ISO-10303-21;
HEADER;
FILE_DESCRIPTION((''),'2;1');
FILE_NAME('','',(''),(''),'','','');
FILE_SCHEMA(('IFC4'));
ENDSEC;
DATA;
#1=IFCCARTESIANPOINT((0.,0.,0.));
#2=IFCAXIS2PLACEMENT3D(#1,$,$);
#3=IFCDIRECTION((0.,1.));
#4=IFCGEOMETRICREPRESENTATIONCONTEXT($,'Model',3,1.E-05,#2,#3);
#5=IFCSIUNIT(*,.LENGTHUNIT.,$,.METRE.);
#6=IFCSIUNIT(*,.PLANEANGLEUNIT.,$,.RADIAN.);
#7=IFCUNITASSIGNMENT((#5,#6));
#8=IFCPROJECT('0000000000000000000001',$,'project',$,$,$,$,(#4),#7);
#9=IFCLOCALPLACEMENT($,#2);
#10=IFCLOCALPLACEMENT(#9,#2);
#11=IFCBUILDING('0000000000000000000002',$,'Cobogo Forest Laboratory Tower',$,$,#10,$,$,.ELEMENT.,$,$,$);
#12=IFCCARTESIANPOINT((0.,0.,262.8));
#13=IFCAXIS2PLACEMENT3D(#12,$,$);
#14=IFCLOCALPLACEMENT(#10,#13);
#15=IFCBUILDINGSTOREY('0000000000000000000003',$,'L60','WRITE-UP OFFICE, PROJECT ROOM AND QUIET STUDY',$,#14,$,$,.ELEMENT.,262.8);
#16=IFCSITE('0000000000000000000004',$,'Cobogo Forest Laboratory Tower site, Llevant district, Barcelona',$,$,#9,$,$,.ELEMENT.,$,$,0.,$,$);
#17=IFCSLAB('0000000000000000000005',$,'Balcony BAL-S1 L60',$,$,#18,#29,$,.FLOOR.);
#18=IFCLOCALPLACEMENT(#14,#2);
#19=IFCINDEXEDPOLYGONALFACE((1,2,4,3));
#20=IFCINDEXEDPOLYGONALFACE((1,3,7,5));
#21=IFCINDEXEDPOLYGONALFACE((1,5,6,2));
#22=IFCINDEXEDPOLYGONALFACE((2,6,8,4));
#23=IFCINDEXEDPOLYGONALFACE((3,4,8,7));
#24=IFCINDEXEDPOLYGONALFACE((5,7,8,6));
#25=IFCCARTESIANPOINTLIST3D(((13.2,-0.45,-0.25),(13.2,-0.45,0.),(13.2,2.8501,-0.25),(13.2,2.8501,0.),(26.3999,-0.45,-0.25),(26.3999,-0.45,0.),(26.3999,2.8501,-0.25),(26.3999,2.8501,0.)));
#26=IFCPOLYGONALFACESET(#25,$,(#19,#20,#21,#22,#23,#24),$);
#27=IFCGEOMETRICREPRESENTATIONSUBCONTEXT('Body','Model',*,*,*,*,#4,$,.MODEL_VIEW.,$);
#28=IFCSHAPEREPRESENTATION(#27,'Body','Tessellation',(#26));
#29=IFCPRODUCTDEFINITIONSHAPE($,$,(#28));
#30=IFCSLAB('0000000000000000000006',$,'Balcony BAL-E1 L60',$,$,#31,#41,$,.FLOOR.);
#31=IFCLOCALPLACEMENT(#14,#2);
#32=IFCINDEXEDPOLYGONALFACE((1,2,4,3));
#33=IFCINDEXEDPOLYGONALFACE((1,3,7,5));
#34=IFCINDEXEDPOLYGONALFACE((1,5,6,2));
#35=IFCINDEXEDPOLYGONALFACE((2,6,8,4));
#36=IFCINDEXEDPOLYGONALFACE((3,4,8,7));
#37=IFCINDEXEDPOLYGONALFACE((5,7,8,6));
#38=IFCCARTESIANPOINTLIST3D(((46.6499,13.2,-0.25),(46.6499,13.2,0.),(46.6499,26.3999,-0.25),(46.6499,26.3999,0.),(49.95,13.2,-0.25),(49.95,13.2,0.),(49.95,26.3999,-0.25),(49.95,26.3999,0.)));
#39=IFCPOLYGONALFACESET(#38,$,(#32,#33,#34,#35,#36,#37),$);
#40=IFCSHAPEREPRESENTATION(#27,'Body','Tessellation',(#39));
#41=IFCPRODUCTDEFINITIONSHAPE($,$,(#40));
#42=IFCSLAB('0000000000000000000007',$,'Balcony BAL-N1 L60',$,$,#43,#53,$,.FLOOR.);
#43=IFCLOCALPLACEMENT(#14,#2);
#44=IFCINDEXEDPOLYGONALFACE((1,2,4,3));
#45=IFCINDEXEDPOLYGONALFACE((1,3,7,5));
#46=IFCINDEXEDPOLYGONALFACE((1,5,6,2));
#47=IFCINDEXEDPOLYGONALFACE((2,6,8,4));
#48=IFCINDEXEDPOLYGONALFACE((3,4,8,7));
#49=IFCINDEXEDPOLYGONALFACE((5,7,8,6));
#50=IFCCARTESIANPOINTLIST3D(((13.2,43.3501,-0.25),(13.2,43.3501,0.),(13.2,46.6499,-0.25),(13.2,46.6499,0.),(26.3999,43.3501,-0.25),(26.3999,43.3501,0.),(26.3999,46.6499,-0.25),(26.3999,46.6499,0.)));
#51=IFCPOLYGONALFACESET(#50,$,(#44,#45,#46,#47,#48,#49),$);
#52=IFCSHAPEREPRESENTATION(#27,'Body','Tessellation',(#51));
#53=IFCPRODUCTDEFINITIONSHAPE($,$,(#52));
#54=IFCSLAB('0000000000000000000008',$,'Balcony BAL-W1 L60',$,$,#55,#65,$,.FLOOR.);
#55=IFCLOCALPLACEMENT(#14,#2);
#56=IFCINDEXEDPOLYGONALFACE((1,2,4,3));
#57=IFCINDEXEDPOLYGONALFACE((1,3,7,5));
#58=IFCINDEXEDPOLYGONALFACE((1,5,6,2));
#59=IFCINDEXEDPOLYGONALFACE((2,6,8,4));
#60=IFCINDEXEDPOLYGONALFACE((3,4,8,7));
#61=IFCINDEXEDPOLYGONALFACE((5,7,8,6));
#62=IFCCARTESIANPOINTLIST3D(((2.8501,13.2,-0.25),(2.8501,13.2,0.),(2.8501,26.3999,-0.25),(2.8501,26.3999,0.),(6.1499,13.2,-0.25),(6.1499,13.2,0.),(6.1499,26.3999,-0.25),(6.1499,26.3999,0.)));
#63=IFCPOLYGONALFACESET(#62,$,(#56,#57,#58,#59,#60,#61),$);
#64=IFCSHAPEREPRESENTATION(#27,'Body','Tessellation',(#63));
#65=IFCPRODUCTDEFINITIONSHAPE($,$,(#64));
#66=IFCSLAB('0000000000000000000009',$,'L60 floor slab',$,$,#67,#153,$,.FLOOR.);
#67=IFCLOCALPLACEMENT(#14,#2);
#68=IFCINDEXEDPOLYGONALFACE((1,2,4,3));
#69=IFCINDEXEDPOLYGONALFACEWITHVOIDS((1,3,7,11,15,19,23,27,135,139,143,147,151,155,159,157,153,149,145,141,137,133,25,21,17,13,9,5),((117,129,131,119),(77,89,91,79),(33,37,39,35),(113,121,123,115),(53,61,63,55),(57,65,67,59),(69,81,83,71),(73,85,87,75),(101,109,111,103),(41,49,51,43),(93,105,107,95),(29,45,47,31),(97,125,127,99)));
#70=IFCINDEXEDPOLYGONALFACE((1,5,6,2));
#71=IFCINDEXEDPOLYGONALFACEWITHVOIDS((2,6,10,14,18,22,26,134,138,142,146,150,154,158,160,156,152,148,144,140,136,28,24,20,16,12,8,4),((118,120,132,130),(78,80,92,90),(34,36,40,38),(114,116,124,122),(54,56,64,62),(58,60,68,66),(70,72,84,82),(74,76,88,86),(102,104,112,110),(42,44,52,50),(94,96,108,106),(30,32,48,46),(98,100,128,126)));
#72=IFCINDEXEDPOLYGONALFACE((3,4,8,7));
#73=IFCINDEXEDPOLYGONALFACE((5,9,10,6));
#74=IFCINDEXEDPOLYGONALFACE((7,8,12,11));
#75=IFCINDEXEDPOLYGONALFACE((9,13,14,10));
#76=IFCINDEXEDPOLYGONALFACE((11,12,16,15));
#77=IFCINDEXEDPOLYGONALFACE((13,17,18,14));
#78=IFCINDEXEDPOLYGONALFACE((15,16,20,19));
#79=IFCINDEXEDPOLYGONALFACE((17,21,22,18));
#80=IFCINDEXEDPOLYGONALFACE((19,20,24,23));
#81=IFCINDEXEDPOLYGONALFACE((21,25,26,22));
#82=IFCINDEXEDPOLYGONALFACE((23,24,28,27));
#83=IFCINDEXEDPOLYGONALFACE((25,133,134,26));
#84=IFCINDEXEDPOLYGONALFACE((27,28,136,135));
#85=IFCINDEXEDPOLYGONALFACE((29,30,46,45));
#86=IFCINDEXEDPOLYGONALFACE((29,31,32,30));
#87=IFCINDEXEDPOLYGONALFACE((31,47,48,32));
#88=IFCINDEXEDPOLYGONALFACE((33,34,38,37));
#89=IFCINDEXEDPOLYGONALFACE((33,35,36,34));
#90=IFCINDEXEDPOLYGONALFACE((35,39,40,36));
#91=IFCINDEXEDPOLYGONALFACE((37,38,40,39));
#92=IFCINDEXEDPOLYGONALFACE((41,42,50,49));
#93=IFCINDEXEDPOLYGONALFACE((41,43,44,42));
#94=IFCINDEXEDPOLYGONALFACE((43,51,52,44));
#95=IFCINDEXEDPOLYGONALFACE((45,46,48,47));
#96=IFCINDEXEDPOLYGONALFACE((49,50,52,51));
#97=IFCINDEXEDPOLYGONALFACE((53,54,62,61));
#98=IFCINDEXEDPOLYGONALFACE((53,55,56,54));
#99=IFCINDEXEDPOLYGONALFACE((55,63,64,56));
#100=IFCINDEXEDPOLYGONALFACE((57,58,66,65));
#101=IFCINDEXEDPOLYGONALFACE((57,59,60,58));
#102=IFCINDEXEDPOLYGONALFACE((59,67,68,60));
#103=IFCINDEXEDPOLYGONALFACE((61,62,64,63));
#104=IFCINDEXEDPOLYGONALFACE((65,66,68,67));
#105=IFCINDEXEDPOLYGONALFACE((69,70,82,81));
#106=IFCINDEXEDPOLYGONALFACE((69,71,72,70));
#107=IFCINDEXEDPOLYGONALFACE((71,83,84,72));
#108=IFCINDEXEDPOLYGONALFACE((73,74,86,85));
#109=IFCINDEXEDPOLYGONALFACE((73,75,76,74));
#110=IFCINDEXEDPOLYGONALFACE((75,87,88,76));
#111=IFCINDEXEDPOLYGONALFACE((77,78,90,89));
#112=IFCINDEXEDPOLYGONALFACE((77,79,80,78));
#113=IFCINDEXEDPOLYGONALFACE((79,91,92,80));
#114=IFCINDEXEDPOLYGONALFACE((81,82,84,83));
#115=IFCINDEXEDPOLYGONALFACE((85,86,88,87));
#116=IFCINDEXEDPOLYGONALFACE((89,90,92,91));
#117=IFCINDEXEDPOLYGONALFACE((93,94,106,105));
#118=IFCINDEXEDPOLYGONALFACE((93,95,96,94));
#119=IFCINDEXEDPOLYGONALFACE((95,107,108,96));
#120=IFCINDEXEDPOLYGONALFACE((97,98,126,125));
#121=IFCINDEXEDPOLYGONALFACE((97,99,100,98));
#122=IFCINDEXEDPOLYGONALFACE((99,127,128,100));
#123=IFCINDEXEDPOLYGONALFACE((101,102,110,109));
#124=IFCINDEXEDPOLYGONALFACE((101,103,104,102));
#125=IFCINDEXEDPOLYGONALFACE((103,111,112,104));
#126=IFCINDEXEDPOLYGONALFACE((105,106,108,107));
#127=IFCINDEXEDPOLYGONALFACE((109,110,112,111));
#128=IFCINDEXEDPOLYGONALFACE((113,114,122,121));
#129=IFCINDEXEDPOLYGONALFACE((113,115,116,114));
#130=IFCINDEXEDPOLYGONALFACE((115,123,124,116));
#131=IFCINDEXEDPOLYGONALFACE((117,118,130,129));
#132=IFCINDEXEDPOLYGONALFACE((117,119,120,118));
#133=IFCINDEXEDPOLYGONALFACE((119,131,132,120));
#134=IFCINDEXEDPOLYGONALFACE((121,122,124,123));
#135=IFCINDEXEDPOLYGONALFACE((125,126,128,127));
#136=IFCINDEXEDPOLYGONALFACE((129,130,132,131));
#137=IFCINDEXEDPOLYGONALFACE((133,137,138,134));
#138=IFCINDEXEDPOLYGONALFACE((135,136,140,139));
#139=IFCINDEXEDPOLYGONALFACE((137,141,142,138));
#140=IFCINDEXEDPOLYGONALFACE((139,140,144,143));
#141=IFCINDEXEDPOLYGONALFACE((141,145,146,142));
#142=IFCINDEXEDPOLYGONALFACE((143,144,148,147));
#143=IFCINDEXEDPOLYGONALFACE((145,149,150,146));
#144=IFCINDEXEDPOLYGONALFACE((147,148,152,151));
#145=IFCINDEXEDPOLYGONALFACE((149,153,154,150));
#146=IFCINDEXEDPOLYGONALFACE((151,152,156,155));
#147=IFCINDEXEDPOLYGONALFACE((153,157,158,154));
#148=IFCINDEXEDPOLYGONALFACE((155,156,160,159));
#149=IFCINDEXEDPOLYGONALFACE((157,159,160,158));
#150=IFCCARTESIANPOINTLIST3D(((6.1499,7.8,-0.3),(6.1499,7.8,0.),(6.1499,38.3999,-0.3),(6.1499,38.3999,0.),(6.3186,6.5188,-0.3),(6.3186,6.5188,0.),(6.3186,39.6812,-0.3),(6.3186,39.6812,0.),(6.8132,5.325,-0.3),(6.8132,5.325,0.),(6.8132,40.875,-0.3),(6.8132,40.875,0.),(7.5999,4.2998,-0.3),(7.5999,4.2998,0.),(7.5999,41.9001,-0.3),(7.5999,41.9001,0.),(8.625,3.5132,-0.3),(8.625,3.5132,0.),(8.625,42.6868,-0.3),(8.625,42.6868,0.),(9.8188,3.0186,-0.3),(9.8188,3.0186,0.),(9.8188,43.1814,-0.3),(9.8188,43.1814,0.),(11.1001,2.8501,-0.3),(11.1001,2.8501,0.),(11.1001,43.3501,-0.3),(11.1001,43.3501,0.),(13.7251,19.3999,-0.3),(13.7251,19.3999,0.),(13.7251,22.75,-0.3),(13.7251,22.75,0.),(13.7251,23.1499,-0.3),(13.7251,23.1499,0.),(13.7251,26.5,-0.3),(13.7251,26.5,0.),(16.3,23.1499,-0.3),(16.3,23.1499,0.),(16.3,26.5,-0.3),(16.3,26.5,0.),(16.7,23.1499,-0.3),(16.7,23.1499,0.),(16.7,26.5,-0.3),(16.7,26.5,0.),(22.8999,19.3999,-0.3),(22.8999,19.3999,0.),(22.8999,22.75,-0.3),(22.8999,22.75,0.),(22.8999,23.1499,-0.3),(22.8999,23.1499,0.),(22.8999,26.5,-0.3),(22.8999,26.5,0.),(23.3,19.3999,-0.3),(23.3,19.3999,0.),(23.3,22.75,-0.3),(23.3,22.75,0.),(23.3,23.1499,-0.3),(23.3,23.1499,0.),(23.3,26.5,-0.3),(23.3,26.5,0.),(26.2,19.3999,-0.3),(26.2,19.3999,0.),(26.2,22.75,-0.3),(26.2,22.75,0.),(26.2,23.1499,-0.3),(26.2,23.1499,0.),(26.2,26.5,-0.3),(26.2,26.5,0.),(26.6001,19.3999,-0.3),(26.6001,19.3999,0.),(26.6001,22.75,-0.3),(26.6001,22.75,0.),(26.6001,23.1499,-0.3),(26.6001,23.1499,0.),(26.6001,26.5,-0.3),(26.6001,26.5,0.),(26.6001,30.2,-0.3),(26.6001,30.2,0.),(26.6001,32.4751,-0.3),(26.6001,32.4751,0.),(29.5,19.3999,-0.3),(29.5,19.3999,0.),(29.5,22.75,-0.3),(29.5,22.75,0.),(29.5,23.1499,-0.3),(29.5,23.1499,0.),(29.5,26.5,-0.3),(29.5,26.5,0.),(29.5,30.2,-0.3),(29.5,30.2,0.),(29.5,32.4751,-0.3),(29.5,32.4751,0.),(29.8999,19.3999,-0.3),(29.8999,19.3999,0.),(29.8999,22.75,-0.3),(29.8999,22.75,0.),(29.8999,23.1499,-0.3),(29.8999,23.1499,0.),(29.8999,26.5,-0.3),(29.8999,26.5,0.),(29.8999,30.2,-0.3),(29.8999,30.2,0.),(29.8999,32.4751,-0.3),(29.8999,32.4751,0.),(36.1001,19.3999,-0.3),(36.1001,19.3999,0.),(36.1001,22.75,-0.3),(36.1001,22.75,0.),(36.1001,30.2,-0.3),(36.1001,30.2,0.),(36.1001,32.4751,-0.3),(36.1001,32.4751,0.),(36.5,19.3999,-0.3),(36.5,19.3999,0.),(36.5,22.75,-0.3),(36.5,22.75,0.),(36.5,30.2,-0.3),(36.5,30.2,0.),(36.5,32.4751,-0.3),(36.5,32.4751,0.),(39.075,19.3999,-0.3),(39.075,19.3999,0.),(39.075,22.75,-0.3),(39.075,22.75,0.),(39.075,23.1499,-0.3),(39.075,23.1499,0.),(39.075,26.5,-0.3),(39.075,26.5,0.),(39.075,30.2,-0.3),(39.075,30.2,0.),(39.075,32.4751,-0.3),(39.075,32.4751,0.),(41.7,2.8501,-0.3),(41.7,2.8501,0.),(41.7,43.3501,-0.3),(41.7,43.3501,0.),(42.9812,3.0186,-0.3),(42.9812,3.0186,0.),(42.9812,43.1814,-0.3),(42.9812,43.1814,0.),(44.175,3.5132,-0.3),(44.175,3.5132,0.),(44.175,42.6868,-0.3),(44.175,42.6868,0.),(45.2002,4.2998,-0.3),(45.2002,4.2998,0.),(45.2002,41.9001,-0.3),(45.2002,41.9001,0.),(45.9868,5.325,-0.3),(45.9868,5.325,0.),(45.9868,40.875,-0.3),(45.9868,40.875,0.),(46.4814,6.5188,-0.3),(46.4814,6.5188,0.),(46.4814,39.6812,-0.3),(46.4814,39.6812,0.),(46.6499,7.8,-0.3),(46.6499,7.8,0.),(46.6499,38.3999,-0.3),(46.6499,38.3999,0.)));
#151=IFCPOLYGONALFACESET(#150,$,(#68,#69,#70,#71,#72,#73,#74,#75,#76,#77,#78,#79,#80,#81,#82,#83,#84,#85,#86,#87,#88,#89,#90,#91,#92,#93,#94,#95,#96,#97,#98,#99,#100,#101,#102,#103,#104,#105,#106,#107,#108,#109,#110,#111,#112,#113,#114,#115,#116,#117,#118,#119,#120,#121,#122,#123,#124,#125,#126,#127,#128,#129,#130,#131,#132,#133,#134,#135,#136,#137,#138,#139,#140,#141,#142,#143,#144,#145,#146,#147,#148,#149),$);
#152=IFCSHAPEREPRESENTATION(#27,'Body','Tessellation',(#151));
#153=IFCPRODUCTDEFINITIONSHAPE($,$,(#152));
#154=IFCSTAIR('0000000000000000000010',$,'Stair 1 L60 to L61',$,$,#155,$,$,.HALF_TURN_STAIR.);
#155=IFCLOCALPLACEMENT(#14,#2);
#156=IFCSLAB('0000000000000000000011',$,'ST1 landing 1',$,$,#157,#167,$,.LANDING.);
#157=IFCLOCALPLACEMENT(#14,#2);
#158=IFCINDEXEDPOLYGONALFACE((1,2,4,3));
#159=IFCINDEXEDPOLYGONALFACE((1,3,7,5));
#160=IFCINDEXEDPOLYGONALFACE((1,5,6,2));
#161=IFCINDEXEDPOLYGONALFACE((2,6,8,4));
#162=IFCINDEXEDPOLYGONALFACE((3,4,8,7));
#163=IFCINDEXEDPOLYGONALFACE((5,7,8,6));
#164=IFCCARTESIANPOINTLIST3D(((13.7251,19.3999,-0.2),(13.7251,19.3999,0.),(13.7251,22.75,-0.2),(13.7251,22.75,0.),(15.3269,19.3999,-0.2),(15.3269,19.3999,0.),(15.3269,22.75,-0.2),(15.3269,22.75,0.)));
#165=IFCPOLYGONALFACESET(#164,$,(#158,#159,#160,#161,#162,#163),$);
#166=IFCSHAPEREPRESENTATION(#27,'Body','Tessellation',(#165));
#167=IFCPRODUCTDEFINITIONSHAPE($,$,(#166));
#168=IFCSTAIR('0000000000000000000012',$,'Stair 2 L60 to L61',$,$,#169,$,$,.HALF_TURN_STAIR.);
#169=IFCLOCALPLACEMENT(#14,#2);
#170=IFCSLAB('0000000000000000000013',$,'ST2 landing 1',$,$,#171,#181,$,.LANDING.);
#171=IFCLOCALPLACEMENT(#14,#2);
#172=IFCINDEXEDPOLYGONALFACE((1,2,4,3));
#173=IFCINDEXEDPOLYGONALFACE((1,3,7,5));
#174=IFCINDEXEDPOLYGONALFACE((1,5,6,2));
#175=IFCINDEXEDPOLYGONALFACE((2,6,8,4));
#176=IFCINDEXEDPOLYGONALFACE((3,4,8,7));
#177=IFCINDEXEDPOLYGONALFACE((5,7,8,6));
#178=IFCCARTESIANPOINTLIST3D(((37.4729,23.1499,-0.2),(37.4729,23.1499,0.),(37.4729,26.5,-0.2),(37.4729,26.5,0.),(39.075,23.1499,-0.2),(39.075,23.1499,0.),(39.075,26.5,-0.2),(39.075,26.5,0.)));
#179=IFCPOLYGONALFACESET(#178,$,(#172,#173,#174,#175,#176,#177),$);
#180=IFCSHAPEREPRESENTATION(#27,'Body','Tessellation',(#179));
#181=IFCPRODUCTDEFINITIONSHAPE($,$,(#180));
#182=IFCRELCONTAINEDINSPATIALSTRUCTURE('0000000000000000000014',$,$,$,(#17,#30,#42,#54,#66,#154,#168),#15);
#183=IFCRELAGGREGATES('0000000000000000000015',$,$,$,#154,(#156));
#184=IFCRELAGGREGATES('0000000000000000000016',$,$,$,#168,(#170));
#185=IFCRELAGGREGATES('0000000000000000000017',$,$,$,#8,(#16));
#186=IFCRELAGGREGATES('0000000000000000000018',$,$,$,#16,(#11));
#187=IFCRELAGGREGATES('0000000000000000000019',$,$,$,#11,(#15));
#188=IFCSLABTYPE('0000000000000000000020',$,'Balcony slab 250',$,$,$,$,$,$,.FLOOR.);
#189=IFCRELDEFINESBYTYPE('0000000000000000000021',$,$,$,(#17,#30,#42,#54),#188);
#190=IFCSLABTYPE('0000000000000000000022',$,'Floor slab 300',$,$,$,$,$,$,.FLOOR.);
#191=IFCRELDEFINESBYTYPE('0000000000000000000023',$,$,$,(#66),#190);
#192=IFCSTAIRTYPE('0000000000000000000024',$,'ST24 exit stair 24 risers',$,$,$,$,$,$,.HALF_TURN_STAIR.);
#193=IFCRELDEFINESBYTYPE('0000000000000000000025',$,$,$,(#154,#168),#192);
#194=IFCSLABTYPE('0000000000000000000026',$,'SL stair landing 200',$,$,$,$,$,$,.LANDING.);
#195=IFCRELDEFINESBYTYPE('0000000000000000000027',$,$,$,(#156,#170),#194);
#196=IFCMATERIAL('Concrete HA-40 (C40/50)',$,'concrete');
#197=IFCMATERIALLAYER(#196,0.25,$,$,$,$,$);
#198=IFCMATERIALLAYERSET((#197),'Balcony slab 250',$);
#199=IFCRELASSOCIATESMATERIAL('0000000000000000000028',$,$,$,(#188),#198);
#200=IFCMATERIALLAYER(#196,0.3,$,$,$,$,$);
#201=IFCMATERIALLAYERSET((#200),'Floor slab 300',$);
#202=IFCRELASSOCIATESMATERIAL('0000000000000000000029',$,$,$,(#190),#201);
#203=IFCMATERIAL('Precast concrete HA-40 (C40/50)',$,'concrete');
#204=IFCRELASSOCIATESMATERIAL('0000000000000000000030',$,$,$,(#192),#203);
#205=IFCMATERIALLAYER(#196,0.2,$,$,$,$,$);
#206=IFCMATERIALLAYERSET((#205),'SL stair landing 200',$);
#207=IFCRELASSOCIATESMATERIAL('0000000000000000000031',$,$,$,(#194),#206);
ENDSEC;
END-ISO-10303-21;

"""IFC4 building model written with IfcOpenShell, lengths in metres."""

from ifc_helpers import new_model, si_unit, direction, frame, origin, place, context, subcontext, project, spatial, polyline, outline, extrude, material, layer, layer_set, type_object, element, aggregate, save


model = new_model("IFC4")

# Units and contexts
model_context = context("Model", 3, precision=1e-05, world=origin(), true_north=direction((0.0, 1.0)))
body_context = subcontext(model_context, "Body", "Model", "MODEL_VIEW")
ifc_project = project(units=[si_unit("LENGTHUNIT", "METRE"), si_unit("PLANEANGLEUNIT", "RADIAN")], contexts=[model_context])

# Site, building, storey
site_placement = place(None, origin())
site = spatial("IfcSite", under=ifc_project, at=site_placement, Name="Cobogo Forest Laboratory Tower site, Llevant district, Barcelona", CompositionType="ELEMENT", RefElevation=0.0)
building_placement = place(site_placement, origin())
building = spatial("IfcBuilding", under=site, at=building_placement, Name="Cobogo Forest Laboratory Tower", CompositionType="ELEMENT")
storey_placement = place(building_placement, frame((0.0, 0.0, 262.8)))
storey = spatial("IfcBuildingStorey", under=building, at=storey_placement, Name="L60", Description="WRITE-UP OFFICE, PROJECT ROOM AND QUIET STUDY", CompositionType="ELEMENT", Elevation=262.8)

# Slabs
ifc_material_1 = material(Name="Concrete HA-40 (C40/50)", Category="concrete")
ifc_layer_1 = layer(ifc_material_1, 0.25)
ifc_layer_set_1 = layer_set([ifc_layer_1], Name="Balcony slab 250")
slab_type_1 = type_object("IfcSlabType", Name="Balcony slab 250", PredefinedType="FLOOR", material=ifc_layer_set_1)
slab_1_placement = place(storey_placement, frame((0.0, 0.0, -0.25)))
element("IfcSlab", 1, at=slab_1_placement, inside=storey, type_object=slab_type_1, Name="Balcony BAL-S1 L60", PredefinedType="FLOOR", context=body_context, shape_type="SweptSolid", body=[
    extrude(outline(polyline([(13.2, -0.45), (26.3999, -0.45), (26.3999, 2.8501), (13.2, 2.8501), (13.2, -0.45)])), origin(), (0.0, 0.0, 1.0), 0.25),
])
slab_2_placement = place(storey_placement, frame((0.0, 0.0, -0.25)))
element("IfcSlab", 2, at=slab_2_placement, inside=storey, type_object=slab_type_1, Name="Balcony BAL-E1 L60", PredefinedType="FLOOR", context=body_context, shape_type="SweptSolid", body=[
    extrude(outline(polyline([(46.6499, 13.2), (49.95, 13.2), (49.95, 26.3999), (46.6499, 26.3999), (46.6499, 13.2)])), origin(), (0.0, 0.0, 1.0), 0.25),
])
slab_3_placement = place(storey_placement, frame((0.0, 0.0, -0.25)))
element("IfcSlab", 3, at=slab_3_placement, inside=storey, type_object=slab_type_1, Name="Balcony BAL-N1 L60", PredefinedType="FLOOR", context=body_context, shape_type="SweptSolid", body=[
    extrude(outline(polyline([(13.2, 43.3501), (26.3999, 43.3501), (26.3999, 46.6499), (13.2, 46.6499), (13.2, 43.3501)])), origin(), (0.0, 0.0, 1.0), 0.25),
])
slab_4_placement = place(storey_placement, frame((0.0, 0.0, -0.25)))
element("IfcSlab", 4, at=slab_4_placement, inside=storey, type_object=slab_type_1, Name="Balcony BAL-W1 L60", PredefinedType="FLOOR", context=body_context, shape_type="SweptSolid", body=[
    extrude(outline(polyline([(2.8501, 13.2), (6.1499, 13.2), (6.1499, 26.3999), (2.8501, 26.3999), (2.8501, 13.2)])), origin(), (0.0, 0.0, 1.0), 0.25),
])
ifc_layer_2 = layer(ifc_material_1, 0.3)
ifc_layer_set_2 = layer_set([ifc_layer_2], Name="Floor slab 300")
slab_type_2 = type_object("IfcSlabType", Name="Floor slab 300", PredefinedType="FLOOR", material=ifc_layer_set_2)
slab_5_placement = place(storey_placement, frame((0.0, 0.0, -0.3)))
element("IfcSlab", 5, at=slab_5_placement, inside=storey, type_object=slab_type_2, Name="L60 floor slab", PredefinedType="FLOOR", context=body_context, shape_type="SweptSolid", body=[
    extrude(outline(polyline([(41.7, 2.8501), (42.9812, 3.0186), (44.175, 3.5132), (45.2002, 4.2998), (45.9868, 5.325), (46.4814, 6.5188), (46.6499, 7.8), (46.6499, 38.3999), (46.4814, 39.6812), (45.9868, 40.875), (45.2002, 41.9001), (44.175, 42.6868), (42.9812, 43.1814), (41.7, 43.3501), (11.1001, 43.3501), (9.8188, 43.1814), (8.625, 42.6868), (7.5999, 41.9001), (6.8132, 40.875), (6.3186, 39.6812), (6.1499, 38.3999), (6.1499, 7.8), (6.3186, 6.5188), (6.8132, 5.325), (7.5999, 4.2998), (8.625, 3.5132), (9.8188, 3.0186), (11.1001, 2.8501), (41.7, 2.8501)]), holes=[polyline([(22.8999, 19.3999), (13.7251, 19.3999), (13.7251, 22.75), (22.8999, 22.75), (22.8999, 19.3999)]), polyline([(26.2, 19.3999), (23.3, 19.3999), (23.3, 22.75), (26.2, 22.75), (26.2, 19.3999)]), polyline([(29.5, 19.3999), (26.6001, 19.3999), (26.6001, 22.75), (29.5, 22.75), (29.5, 19.3999)]), polyline([(36.1001, 22.75), (36.1001, 19.3999), (29.8999, 19.3999), (29.8999, 22.75), (36.1001, 22.75)]), polyline([(39.075, 19.3999), (36.5, 19.3999), (36.5, 22.75), (39.075, 22.75), (39.075, 19.3999)]), polyline([(16.3, 23.1499), (13.7251, 23.1499), (13.7251, 26.5), (16.3, 26.5), (16.3, 23.1499)]), polyline([(22.8999, 26.5), (22.8999, 23.1499), (16.7, 23.1499), (16.7, 26.5), (22.8999, 26.5)]), polyline([(26.2, 23.1499), (23.3, 23.1499), (23.3, 26.5), (26.2, 26.5), (26.2, 23.1499)]), polyline([(29.5, 23.1499), (26.6001, 23.1499), (26.6001, 26.5), (29.5, 26.5), (29.5, 23.1499)]), polyline([(39.075, 23.1499), (29.8999, 23.1499), (29.8999, 26.5), (39.075, 26.5), (39.075, 23.1499)]), polyline([(29.5, 30.2), (26.6001, 30.2), (26.6001, 32.4751), (29.5, 32.4751), (29.5, 30.2)]), polyline([(36.1001, 32.4751), (36.1001, 30.2), (29.8999, 30.2), (29.8999, 32.4751), (36.1001, 32.4751)]), polyline([(39.075, 30.2), (36.5, 30.2), (36.5, 32.4751), (39.075, 32.4751), (39.075, 30.2)])]), origin(), (0.0, 0.0, 1.0), 0.3),
])

# Stairs, slabs
ifc_material_2 = material(Name="Precast concrete HA-40 (C40/50)", Category="concrete")
stair_type = type_object("IfcStairType", Name="ST24 exit stair 24 risers", PredefinedType="HALF_TURN_STAIR", material=ifc_material_2)
stair_1_placement = place(storey_placement, origin())
stair_1 = element("IfcStair", 6, at=stair_1_placement, inside=storey, type_object=stair_type, Name="Stair 1 L60 to L61", PredefinedType="HALF_TURN_STAIR")
ifc_layer_3 = layer(ifc_material_1, 0.2)
ifc_layer_set_3 = layer_set([ifc_layer_3], Name="SL stair landing 200")
slab_type_3 = type_object("IfcSlabType", Name="SL stair landing 200", PredefinedType="LANDING", material=ifc_layer_set_3)
slab_6_placement = place(storey_placement, frame((0.0, 0.0, -0.2)))
slab_6 = element("IfcSlab", 7, at=slab_6_placement, type_object=slab_type_3, Name="ST1 landing 1", PredefinedType="LANDING", context=body_context, shape_type="SweptSolid", body=[
    extrude(outline(polyline([(13.7251, 19.3999), (15.3269, 19.3999), (15.3269, 22.75), (13.7251, 22.75), (13.7251, 19.3999)])), origin(), (0.0, 0.0, 1.0), 0.2),
])
aggregate(stair_1, [slab_6])
stair_2_placement = place(storey_placement, origin())
stair_2 = element("IfcStair", 8, at=stair_2_placement, inside=storey, type_object=stair_type, Name="Stair 2 L60 to L61", PredefinedType="HALF_TURN_STAIR")
slab_7_placement = place(storey_placement, frame((0.0, 0.0, -0.2)))
slab_7 = element("IfcSlab", 9, at=slab_7_placement, type_object=slab_type_3, Name="ST2 landing 1", PredefinedType="LANDING", context=body_context, shape_type="SweptSolid", body=[
    extrude(outline(polyline([(37.4729, 23.1499), (39.075, 23.1499), (39.075, 26.5), (37.4729, 26.5), (37.4729, 23.1499)])), origin(), (0.0, 0.0, 1.0), 0.2),
])
aggregate(stair_2, [slab_7])

save(model, "model.ifc")
